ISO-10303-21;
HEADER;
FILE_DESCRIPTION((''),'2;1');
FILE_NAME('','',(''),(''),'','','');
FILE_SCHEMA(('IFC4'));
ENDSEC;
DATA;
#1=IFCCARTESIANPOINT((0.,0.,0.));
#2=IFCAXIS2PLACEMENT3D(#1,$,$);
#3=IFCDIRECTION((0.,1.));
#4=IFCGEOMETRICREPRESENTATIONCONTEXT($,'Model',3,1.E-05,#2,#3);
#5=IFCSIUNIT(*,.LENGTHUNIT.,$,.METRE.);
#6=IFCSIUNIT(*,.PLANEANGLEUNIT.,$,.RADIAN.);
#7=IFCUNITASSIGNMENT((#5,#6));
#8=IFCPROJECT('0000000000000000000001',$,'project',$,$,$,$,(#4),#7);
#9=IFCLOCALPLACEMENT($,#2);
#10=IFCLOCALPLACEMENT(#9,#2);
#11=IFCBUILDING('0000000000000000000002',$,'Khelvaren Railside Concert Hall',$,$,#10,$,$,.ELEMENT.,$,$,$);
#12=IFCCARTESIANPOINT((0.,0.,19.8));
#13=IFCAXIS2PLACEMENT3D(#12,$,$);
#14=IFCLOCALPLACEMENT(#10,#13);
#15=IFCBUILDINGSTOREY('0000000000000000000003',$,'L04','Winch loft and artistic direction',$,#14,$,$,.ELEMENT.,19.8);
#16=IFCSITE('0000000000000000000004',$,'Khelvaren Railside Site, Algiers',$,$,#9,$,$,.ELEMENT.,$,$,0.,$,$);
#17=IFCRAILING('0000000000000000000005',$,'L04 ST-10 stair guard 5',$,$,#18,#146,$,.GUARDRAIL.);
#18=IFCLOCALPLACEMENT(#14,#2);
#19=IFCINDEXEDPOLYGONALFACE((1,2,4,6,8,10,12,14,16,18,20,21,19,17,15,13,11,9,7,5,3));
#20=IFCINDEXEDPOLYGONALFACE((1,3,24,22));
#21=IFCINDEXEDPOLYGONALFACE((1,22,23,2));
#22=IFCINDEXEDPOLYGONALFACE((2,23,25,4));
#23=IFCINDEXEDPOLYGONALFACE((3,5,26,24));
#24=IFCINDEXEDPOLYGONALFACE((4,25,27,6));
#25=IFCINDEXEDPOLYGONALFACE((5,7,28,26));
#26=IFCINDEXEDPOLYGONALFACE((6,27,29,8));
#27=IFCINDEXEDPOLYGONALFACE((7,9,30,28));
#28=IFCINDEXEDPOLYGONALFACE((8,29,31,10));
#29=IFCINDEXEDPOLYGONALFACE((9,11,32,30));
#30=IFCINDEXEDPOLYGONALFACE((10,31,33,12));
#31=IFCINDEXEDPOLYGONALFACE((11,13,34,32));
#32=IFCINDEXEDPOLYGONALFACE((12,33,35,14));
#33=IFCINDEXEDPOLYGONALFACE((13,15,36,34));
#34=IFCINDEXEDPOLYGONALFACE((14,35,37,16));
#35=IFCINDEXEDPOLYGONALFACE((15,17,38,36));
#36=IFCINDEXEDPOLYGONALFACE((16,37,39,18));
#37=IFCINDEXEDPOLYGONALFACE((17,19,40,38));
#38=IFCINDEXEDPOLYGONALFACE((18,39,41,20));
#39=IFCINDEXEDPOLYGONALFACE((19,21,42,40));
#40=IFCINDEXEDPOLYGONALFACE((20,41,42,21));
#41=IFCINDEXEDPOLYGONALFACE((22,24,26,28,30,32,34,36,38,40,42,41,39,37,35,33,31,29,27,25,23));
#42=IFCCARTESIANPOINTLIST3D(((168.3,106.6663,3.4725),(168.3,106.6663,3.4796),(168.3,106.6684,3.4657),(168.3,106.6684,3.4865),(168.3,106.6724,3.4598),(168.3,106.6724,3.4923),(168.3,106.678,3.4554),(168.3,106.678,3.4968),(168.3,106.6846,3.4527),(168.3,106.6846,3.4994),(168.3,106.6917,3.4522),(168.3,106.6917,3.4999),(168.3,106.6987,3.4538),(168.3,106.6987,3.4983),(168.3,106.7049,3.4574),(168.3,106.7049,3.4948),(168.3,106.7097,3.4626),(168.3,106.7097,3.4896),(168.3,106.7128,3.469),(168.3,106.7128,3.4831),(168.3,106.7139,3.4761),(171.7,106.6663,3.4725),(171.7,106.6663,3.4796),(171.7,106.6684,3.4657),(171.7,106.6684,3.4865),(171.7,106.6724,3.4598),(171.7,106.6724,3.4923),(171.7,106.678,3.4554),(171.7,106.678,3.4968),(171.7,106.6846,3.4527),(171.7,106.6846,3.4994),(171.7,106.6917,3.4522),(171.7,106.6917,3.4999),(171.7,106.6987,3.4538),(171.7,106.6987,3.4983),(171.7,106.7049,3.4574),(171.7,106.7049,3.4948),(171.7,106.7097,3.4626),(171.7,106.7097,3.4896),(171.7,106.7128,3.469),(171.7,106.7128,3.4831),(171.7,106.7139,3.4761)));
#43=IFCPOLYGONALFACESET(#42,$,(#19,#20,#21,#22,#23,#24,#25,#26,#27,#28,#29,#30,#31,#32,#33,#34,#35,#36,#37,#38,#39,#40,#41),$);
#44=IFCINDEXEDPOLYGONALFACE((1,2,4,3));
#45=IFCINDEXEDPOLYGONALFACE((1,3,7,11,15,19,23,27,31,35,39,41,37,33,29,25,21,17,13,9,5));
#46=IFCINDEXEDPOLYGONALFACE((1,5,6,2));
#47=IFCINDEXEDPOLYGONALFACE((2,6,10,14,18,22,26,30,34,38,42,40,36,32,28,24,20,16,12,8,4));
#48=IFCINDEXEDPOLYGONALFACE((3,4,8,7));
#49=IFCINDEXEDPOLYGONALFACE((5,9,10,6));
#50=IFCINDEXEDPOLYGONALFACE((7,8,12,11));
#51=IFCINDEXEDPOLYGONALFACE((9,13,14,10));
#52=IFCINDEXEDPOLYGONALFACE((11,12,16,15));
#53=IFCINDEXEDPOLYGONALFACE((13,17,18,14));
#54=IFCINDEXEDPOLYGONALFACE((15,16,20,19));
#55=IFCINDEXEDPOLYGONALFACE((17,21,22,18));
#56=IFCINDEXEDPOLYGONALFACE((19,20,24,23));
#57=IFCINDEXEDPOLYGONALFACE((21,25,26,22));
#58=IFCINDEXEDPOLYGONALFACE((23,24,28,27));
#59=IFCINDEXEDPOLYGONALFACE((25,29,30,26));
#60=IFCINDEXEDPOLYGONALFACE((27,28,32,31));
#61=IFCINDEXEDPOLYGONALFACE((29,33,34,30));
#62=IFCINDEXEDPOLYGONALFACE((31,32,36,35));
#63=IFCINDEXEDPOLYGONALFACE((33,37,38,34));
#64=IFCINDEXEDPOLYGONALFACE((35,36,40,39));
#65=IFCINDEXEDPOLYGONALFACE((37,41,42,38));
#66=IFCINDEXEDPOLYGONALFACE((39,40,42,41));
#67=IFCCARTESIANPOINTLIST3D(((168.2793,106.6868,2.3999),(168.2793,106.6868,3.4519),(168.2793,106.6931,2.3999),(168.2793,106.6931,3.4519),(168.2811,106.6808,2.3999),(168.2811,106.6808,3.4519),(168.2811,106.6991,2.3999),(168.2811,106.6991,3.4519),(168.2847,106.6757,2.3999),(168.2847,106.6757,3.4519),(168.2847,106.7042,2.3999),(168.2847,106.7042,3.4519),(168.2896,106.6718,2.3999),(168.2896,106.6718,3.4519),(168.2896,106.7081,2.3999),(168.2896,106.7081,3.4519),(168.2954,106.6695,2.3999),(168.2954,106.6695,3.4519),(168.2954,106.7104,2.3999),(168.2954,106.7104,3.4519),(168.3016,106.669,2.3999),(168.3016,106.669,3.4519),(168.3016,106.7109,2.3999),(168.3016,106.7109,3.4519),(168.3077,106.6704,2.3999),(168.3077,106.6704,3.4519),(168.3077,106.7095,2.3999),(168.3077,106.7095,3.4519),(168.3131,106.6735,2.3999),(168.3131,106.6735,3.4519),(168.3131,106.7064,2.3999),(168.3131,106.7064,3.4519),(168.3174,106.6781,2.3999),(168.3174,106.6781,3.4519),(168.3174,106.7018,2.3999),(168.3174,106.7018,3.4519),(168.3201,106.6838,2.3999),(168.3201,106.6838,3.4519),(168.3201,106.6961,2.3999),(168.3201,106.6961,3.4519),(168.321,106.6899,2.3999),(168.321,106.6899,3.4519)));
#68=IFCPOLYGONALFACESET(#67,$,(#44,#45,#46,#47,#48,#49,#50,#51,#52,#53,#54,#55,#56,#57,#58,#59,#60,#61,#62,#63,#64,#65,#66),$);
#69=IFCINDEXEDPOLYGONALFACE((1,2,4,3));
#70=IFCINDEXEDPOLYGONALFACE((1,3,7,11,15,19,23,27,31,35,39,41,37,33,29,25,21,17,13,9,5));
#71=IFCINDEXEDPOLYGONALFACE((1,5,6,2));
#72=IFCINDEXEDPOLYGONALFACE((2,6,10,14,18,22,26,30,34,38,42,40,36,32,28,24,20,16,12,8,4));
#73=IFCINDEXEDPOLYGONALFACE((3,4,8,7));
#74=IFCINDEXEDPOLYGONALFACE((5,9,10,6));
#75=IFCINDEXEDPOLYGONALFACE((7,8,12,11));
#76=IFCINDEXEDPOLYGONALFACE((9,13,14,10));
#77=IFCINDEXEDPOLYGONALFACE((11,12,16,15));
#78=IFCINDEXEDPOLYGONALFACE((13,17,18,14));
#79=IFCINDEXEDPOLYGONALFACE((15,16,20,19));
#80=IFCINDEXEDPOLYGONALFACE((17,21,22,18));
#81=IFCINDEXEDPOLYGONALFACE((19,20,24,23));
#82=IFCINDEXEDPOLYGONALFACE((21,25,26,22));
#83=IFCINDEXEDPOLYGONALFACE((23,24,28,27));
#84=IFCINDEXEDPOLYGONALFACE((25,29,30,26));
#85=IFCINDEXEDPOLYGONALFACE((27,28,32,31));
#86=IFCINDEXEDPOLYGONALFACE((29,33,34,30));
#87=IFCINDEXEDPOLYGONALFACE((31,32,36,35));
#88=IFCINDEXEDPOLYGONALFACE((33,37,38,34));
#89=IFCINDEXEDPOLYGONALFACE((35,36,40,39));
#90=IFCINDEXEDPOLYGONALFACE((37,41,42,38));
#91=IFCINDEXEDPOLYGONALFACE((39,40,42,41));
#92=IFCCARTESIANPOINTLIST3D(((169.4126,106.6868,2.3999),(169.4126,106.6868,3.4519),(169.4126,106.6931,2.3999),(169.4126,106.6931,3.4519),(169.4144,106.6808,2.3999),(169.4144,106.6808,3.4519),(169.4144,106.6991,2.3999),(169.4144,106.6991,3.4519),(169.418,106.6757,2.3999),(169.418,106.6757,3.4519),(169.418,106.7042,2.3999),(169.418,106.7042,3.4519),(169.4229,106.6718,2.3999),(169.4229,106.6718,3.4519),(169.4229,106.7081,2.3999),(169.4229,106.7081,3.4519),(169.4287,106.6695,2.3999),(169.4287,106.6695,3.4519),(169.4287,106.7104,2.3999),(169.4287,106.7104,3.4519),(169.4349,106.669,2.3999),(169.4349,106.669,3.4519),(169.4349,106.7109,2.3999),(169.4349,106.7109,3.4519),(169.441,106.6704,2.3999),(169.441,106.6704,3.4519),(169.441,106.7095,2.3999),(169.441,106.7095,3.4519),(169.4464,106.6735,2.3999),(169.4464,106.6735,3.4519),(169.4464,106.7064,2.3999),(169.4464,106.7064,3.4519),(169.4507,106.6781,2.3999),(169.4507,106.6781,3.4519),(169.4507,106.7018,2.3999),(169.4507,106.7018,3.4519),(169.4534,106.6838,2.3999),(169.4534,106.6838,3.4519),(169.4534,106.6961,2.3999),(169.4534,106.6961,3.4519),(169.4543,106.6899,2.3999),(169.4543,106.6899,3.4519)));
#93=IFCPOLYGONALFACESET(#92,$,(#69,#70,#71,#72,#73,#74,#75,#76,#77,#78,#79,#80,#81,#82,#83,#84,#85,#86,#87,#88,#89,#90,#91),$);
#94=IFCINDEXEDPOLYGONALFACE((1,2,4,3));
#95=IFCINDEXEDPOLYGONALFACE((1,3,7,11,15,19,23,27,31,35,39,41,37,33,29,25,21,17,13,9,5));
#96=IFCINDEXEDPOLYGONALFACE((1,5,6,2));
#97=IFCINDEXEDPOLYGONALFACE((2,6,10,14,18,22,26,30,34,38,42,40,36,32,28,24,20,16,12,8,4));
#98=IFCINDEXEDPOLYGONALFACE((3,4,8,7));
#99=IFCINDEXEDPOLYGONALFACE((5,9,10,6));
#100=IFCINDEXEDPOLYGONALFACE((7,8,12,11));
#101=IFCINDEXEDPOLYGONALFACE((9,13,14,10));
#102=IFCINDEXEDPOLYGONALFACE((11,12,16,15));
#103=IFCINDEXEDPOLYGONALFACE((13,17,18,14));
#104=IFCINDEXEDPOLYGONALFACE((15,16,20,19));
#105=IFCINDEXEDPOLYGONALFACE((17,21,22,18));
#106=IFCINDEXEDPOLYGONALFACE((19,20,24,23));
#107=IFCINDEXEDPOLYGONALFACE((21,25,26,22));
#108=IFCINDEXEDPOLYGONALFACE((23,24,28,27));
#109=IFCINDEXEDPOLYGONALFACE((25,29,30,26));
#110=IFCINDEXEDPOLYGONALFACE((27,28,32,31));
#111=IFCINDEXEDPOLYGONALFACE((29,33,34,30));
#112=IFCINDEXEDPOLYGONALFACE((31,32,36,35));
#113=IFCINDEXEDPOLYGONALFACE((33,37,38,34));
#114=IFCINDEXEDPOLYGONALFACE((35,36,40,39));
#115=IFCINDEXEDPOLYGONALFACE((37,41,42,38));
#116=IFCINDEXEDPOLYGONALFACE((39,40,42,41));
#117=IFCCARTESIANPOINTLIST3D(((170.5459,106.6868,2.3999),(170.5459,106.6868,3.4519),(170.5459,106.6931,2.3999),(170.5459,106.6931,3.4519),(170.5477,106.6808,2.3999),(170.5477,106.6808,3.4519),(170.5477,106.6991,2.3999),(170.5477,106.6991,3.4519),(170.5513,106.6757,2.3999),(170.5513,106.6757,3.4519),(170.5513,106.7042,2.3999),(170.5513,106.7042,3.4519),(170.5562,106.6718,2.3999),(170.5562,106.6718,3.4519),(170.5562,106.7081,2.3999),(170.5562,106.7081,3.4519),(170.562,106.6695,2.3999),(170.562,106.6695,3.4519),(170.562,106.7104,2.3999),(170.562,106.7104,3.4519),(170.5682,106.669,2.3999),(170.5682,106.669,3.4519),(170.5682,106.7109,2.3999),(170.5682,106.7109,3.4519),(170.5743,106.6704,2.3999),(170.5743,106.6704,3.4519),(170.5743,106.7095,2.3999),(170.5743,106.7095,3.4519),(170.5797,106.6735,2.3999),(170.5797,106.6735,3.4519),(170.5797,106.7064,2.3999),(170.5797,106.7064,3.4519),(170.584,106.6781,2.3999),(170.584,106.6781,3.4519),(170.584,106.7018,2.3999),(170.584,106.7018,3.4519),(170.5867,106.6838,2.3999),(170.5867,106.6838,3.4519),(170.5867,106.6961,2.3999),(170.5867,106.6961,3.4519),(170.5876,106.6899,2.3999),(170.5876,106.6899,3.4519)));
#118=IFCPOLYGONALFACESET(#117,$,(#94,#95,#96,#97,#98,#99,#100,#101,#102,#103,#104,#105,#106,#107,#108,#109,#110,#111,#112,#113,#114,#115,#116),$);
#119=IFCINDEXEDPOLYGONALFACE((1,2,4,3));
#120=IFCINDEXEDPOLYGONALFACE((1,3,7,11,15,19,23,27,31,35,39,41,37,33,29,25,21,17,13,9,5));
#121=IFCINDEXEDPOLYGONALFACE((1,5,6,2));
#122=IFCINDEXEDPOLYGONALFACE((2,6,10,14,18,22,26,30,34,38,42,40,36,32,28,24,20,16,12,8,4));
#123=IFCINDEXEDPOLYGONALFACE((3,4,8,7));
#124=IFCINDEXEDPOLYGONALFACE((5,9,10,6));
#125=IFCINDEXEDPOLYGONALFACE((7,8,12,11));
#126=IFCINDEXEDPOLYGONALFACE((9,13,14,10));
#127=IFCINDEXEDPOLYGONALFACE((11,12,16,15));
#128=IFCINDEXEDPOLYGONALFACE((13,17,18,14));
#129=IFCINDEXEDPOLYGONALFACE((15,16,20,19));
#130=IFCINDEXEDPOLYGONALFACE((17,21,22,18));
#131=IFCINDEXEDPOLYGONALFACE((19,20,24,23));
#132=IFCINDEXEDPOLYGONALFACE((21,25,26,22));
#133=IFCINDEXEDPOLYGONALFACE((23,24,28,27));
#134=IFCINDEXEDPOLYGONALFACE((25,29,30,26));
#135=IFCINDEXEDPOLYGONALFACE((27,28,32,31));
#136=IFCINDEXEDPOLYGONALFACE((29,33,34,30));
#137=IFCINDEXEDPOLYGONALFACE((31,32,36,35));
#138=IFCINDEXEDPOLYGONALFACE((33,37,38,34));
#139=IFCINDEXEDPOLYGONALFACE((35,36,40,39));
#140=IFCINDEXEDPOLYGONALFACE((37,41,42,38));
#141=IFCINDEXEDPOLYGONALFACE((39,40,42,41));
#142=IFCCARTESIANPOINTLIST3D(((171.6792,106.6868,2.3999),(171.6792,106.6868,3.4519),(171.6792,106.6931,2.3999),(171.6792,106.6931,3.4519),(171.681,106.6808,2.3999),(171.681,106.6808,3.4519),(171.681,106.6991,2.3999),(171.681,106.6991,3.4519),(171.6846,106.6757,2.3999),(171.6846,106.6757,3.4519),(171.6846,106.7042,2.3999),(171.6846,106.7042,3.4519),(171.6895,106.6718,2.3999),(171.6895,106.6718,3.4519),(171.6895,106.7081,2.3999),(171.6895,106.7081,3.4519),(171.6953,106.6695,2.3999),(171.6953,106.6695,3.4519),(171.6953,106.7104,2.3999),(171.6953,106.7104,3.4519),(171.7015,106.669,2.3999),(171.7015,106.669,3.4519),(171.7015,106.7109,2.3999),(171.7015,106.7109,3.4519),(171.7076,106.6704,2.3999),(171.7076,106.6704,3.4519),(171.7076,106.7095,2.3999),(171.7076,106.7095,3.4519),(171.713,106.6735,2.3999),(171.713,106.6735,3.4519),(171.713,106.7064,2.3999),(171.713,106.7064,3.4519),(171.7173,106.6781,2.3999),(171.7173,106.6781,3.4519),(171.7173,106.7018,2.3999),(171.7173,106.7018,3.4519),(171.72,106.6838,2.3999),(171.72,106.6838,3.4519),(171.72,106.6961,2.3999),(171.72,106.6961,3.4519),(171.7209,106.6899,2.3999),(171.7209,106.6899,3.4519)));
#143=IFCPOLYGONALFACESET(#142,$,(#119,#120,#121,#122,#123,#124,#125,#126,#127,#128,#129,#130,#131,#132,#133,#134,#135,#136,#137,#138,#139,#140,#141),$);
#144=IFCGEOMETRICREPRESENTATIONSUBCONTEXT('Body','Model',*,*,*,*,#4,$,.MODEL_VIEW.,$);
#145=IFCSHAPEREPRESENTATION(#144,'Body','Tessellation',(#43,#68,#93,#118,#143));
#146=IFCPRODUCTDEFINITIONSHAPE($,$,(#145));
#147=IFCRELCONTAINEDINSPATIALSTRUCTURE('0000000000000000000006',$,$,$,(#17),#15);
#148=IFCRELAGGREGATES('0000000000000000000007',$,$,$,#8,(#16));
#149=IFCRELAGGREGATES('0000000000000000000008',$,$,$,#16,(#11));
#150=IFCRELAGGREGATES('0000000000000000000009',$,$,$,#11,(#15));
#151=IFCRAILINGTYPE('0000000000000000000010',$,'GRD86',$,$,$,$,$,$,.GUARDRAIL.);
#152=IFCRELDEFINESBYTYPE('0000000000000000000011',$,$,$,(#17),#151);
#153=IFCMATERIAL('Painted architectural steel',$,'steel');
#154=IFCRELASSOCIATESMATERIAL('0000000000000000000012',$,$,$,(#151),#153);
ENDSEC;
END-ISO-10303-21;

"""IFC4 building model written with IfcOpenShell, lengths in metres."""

from ifc_helpers import new_model, si_unit, direction, frame, origin, origin_2d, place, context, subcontext, project, spatial, circle, extrude, material, type_object, element, save


model = new_model("IFC4")

# Units and contexts
model_context = context("Model", 3, precision=1e-05, world=origin(), true_north=direction((0.0, 1.0)))
body_context = subcontext(model_context, "Body", "Model", "MODEL_VIEW")
ifc_project = project(units=[si_unit("LENGTHUNIT", "METRE"), si_unit("PLANEANGLEUNIT", "RADIAN")], contexts=[model_context])

# Site, building, storey
site_placement = place(None, origin())
site = spatial("IfcSite", under=ifc_project, at=site_placement, Name="Khelvaren Railside Site, Algiers", CompositionType="ELEMENT", RefElevation=0.0)
building_placement = place(site_placement, origin())
building = spatial("IfcBuilding", under=site, at=building_placement, Name="Khelvaren Railside Concert Hall", CompositionType="ELEMENT")
storey_placement = place(building_placement, frame((0.0, 0.0, 19.8)))
storey = spatial("IfcBuildingStorey", under=building, at=storey_placement, Name="L04", Description="Winch loft and artistic direction", CompositionType="ELEMENT", Elevation=19.8)

# Railing
ifc_material_1 = material(Name="Painted architectural steel", Category="steel")
railing_type_1 = type_object("IfcRailingType", Name="GRD86", PredefinedType="GUARDRAIL", material=ifc_material_1)
railing_1_placement = place(storey_placement, frame((168.3, 106.6899, 2.3999)))
element("IfcRailing", 1, at=railing_1_placement, inside=storey, type_object=railing_type_1, Name="L04 ST-10 stair guard 5", PredefinedType="GUARDRAIL", context=body_context, shape_type="SweptSolid", body=[
    extrude(circle(Radius=0.0239, at=origin_2d()), frame((0.0, 0.0, 1.0762), z_axis=(1.0, 0.0, 0.0), x_axis=(0.0, 1.0, 0.0)), (0.0, 0.0, 1.0), 3.3999),
    extrude(circle(Radius=0.021, at=origin_2d()), origin(), (0.0, 0.0, 1.0), 1.052),
    extrude(circle(Radius=0.021, at=origin_2d()), frame((1.1333, 0.0, 0.0)), (0.0, 0.0, 1.0), 1.052),
    extrude(circle(Radius=0.021, at=origin_2d()), frame((2.2666, 0.0, 0.0)), (0.0, 0.0, 1.0), 1.052),
    extrude(circle(Radius=0.021, at=origin_2d()), frame((3.3999, 0.0, 0.0)), (0.0, 0.0, 1.0), 1.052),
])

save(model, "model.ifc")
